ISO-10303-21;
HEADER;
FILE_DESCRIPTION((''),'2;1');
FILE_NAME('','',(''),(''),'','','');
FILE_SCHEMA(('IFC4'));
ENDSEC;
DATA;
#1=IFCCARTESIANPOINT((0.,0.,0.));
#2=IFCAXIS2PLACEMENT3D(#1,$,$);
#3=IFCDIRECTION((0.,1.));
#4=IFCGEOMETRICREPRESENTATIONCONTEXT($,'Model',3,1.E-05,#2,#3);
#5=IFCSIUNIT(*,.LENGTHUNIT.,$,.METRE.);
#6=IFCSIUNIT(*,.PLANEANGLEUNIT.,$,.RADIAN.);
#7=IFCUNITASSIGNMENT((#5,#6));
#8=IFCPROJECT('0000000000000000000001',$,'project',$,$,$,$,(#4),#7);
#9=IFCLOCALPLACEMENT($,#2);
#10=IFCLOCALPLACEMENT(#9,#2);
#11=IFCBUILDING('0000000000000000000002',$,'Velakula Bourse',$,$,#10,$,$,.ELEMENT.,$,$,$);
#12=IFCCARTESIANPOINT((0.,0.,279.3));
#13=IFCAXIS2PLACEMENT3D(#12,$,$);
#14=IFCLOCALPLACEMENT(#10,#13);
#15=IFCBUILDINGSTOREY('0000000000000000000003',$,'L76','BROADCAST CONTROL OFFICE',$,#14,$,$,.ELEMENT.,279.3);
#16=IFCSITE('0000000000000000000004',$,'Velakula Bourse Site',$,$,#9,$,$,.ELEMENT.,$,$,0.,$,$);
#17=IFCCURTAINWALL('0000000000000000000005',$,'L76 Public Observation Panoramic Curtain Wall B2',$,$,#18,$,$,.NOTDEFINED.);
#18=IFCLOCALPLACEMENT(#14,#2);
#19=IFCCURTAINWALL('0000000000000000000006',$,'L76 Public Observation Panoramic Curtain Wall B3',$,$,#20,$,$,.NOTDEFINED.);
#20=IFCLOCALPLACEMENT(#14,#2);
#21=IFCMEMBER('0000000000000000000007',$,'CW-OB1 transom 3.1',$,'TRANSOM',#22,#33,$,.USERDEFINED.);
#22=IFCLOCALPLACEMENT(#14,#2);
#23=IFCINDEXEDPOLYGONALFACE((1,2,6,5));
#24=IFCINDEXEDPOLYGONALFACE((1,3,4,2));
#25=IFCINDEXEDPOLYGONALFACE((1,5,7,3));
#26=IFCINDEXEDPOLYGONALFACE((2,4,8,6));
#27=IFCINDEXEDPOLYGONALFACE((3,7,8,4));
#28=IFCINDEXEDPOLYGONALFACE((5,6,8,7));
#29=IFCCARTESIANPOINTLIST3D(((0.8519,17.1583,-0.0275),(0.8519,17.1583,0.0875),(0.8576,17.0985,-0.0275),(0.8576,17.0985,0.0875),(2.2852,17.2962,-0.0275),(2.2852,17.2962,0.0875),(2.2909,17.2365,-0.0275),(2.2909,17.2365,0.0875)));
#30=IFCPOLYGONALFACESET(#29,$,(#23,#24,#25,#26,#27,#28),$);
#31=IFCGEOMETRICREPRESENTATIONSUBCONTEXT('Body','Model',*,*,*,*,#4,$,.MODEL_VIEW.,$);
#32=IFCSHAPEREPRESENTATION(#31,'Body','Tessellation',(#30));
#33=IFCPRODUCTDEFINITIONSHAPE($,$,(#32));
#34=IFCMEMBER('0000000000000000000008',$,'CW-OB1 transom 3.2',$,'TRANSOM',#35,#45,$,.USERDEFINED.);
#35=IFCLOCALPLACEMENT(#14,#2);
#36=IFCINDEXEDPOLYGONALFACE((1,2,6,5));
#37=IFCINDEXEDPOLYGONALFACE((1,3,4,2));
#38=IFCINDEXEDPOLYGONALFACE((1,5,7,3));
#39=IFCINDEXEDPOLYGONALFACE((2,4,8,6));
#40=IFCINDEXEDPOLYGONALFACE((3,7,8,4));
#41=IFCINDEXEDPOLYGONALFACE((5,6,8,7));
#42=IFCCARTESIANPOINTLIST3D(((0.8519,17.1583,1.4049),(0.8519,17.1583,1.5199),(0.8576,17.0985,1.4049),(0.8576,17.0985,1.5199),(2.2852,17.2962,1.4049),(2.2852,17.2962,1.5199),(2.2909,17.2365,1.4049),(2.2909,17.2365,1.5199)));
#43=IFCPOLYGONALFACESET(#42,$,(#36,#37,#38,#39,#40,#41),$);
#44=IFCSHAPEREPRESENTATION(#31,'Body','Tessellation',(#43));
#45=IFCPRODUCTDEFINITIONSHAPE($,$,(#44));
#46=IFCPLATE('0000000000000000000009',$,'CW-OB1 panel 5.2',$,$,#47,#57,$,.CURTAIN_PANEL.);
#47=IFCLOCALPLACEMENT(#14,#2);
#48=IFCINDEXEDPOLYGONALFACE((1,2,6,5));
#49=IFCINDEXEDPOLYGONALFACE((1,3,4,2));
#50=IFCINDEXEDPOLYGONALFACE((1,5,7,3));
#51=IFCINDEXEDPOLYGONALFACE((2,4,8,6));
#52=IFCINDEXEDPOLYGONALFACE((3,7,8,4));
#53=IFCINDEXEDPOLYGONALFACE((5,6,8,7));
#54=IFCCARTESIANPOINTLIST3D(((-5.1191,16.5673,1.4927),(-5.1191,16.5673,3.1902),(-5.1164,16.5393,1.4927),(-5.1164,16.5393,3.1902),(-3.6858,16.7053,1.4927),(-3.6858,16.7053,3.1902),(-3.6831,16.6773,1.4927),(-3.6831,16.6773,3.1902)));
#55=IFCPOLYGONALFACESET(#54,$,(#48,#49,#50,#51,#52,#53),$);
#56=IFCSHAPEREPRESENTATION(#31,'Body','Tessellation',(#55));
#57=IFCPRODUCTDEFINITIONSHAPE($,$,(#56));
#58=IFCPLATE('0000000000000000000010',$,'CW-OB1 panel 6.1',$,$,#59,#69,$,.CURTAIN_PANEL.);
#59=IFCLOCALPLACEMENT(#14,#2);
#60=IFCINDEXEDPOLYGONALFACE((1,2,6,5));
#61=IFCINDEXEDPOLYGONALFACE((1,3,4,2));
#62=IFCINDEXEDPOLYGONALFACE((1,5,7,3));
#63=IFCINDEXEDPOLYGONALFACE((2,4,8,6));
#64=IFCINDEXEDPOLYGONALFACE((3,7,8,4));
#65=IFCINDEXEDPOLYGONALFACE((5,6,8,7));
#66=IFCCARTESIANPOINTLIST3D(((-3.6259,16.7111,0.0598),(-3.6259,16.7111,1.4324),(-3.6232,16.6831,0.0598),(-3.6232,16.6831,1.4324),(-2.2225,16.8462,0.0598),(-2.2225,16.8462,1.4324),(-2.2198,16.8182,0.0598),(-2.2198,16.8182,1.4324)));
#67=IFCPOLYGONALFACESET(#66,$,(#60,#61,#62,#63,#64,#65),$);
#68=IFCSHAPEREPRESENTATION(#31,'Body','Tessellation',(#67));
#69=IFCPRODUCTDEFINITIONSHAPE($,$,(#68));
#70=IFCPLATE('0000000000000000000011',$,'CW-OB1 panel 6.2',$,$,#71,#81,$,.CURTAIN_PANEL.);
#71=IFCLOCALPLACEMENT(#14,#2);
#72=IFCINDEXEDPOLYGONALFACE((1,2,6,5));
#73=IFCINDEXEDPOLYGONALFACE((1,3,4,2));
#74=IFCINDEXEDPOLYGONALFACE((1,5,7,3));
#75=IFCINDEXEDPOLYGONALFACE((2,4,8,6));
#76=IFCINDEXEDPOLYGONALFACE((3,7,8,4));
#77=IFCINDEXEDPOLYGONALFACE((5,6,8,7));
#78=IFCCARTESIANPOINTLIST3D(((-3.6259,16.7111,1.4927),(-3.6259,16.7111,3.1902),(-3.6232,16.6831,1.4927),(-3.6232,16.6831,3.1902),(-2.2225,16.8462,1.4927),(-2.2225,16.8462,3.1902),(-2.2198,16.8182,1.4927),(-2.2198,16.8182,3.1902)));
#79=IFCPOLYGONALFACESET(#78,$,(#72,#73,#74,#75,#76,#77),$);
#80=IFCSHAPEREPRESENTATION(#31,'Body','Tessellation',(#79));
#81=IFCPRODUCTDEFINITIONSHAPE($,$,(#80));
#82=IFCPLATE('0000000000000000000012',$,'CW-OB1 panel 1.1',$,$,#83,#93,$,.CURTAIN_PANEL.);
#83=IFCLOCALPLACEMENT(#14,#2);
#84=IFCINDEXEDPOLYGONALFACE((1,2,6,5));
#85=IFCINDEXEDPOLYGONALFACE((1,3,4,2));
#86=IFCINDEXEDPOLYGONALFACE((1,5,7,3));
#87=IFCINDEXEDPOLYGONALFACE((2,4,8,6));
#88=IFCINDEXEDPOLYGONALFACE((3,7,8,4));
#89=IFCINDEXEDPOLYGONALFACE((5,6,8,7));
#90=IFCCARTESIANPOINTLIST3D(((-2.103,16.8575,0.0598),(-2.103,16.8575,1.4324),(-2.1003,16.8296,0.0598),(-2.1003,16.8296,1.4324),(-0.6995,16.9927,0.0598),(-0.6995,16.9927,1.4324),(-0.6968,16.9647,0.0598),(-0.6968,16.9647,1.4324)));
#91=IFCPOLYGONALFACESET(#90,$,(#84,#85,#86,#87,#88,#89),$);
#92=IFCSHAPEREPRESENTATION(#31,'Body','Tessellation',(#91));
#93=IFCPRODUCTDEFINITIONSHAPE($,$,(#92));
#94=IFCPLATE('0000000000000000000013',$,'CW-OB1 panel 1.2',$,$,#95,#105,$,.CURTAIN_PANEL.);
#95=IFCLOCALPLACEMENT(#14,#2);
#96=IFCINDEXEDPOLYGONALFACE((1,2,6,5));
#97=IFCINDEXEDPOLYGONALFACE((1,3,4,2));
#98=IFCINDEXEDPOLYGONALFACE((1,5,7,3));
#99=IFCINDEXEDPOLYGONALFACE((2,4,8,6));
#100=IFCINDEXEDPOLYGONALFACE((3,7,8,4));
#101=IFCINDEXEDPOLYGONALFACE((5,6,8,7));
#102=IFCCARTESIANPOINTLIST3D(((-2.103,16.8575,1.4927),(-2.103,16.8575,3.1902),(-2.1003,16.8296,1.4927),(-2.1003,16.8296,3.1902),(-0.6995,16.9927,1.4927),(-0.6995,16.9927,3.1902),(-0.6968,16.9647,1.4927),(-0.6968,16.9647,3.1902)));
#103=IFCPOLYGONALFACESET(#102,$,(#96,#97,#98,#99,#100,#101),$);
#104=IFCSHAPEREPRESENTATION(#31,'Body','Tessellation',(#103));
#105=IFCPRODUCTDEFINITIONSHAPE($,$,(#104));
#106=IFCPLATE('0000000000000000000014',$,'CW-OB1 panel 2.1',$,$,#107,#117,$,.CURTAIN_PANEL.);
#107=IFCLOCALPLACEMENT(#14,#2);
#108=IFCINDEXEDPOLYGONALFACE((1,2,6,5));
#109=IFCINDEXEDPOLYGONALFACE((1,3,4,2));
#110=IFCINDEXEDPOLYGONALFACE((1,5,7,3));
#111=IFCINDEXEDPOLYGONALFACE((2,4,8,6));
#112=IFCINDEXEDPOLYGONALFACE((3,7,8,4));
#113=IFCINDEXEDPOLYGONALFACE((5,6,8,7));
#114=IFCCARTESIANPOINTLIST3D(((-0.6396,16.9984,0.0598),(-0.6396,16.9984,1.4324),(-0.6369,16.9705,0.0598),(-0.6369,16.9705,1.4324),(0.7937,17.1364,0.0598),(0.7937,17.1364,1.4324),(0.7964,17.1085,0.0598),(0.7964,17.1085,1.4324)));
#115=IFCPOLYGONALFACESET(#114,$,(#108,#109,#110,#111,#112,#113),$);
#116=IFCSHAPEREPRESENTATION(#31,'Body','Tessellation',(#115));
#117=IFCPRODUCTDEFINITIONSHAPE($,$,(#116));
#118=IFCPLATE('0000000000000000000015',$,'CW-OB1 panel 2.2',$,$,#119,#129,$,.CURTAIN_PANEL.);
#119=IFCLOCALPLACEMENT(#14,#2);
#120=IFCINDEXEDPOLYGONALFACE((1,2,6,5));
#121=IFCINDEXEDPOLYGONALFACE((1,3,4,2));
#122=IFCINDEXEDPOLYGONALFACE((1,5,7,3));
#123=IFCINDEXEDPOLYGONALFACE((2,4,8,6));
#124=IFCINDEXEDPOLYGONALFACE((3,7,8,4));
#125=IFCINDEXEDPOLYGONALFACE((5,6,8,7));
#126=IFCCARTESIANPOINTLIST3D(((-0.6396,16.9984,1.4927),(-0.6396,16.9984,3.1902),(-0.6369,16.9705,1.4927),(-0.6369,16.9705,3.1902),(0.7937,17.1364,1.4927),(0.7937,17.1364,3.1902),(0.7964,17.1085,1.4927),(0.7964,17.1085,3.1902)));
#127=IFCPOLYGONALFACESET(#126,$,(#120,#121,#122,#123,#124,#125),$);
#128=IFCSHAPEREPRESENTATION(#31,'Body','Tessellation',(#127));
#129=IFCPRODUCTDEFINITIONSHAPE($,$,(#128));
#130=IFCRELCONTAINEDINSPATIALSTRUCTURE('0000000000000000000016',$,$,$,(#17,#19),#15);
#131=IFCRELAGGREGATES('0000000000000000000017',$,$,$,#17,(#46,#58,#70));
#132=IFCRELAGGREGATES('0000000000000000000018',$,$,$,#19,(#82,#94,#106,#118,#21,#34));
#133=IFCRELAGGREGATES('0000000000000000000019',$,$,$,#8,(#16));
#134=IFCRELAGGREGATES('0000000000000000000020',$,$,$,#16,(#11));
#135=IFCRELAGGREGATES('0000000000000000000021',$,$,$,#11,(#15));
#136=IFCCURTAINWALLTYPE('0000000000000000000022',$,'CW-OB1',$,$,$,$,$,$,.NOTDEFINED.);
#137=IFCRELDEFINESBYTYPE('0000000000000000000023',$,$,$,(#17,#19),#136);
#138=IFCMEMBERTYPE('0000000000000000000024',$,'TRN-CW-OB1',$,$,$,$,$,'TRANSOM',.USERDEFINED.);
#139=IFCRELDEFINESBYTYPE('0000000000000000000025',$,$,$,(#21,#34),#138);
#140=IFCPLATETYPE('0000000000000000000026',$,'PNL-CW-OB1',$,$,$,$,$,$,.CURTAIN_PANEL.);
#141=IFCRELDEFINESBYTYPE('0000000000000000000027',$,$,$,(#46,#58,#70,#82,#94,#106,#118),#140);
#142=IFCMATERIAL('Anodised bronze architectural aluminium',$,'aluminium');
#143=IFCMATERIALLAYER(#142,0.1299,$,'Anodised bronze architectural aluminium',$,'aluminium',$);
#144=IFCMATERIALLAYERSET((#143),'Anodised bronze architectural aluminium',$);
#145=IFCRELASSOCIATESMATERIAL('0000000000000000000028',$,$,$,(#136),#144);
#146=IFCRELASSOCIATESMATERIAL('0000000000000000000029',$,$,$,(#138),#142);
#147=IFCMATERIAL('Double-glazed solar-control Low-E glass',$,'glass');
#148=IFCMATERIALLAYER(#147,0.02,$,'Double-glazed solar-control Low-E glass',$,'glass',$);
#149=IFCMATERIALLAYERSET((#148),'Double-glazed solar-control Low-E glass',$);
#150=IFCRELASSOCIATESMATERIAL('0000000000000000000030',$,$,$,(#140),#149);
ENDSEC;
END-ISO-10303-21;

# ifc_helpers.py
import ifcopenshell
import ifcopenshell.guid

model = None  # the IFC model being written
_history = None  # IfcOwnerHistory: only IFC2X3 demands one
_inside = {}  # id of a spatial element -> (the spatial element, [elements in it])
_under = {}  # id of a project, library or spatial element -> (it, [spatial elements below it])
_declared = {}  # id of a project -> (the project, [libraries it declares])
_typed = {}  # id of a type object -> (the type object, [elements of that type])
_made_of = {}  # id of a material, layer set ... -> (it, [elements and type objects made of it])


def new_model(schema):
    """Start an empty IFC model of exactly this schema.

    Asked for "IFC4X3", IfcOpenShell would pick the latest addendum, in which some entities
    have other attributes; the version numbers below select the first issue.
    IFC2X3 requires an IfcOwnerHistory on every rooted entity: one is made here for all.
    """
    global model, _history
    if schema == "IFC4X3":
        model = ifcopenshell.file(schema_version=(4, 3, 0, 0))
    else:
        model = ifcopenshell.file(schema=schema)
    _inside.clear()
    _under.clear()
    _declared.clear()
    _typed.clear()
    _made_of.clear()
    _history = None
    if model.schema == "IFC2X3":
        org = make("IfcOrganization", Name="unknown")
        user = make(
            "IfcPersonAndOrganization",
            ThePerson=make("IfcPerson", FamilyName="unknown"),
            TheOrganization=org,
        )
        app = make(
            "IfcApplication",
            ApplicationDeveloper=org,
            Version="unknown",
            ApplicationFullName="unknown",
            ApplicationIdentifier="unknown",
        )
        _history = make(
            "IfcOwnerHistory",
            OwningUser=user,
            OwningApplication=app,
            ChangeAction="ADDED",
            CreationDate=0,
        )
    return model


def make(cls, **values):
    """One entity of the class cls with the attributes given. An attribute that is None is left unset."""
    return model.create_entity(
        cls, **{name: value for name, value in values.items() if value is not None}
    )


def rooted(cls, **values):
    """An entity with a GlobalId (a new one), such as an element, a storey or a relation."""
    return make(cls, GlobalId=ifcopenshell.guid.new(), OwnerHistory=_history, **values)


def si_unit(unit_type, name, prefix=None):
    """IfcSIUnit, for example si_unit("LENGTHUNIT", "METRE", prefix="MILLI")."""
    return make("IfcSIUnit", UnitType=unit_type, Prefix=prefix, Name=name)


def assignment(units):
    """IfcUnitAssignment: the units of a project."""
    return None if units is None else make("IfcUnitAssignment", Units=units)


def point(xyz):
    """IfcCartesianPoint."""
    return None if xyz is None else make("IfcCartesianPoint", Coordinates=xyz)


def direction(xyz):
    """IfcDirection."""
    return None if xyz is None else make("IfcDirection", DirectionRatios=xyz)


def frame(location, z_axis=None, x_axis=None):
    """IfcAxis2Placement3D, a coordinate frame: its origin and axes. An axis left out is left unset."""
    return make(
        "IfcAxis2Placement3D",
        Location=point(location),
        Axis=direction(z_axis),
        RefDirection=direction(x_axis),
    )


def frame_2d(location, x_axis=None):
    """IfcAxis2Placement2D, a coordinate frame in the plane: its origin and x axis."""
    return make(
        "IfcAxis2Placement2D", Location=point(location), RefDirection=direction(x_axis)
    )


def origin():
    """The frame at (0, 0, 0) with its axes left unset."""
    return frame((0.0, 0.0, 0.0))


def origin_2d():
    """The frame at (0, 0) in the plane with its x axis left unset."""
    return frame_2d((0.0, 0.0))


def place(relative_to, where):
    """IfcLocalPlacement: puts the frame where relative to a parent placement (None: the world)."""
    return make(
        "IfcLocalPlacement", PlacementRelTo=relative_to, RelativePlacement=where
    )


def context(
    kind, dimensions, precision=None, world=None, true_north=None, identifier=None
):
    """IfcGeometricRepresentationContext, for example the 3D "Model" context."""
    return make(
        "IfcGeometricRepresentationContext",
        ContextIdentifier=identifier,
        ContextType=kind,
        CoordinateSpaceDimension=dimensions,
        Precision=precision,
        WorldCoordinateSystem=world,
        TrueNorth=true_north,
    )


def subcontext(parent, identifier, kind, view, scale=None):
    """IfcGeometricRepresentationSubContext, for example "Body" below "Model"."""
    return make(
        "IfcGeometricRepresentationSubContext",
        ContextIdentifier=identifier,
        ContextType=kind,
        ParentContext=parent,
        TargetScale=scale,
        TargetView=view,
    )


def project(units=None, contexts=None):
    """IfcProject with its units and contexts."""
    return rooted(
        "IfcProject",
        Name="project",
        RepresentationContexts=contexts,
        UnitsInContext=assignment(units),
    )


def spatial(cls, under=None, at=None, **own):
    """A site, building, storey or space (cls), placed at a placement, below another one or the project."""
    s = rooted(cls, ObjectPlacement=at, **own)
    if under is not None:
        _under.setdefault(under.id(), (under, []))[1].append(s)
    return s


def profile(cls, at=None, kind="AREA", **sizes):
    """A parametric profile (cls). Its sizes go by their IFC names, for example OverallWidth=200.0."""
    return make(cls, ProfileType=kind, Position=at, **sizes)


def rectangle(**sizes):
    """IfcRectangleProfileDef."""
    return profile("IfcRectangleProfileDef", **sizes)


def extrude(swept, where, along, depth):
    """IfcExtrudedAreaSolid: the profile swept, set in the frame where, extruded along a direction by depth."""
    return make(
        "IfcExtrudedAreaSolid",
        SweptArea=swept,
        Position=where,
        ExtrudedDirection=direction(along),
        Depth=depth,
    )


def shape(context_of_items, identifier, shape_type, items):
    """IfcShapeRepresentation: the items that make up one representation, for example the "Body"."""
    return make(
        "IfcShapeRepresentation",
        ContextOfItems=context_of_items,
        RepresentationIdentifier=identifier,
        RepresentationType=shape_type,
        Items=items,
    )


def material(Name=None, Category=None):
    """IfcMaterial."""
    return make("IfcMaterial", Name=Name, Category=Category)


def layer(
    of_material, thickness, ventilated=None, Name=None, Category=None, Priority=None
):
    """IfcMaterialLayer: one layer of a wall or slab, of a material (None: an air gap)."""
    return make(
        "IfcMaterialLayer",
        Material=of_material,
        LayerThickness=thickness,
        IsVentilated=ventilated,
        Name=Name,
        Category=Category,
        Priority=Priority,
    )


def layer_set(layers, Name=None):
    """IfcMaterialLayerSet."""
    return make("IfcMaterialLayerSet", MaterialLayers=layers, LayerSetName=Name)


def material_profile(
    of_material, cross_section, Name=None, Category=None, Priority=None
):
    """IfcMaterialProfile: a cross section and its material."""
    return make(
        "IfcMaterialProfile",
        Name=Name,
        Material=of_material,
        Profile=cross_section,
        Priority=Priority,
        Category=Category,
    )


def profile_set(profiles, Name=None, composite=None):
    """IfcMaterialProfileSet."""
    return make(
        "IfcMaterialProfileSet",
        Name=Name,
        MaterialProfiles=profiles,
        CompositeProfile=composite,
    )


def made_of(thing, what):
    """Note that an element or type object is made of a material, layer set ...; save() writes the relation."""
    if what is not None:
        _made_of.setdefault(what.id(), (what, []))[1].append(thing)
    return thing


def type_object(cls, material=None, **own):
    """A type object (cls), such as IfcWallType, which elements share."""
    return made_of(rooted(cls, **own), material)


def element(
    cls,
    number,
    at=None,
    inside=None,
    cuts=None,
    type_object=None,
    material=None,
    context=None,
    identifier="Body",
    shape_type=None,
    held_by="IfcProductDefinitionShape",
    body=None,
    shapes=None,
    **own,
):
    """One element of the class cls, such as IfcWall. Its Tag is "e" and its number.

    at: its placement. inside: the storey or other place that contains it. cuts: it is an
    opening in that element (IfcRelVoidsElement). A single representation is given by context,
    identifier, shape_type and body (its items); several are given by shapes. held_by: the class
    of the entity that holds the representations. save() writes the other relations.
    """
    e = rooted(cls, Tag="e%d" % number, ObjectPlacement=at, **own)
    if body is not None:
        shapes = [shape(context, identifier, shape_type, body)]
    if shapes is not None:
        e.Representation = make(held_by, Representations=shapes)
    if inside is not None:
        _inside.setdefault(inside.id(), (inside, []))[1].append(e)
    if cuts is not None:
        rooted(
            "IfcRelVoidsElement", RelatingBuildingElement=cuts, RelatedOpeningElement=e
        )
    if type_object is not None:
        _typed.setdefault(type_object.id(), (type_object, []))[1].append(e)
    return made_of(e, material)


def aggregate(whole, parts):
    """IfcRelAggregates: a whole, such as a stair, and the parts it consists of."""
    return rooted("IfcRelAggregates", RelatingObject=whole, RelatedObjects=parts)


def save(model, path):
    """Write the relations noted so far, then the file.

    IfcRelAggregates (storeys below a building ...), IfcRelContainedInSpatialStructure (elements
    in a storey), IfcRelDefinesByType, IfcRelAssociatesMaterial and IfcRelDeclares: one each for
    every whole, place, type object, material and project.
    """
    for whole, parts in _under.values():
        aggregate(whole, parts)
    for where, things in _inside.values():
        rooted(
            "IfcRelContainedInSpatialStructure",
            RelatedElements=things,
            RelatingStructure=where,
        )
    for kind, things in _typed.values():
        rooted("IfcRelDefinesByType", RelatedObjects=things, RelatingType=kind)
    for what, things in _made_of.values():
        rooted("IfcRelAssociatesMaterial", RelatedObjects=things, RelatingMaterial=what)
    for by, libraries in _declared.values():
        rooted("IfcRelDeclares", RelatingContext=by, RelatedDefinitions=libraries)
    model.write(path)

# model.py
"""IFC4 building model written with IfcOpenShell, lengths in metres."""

from ifc_helpers import new_model, si_unit, direction, frame, origin, origin_2d, place, context, subcontext, project, spatial, rectangle, extrude, material, layer, layer_set, material_profile, profile_set, type_object, element, aggregate, save


model = new_model("IFC4")

# Units and contexts
model_context = context("Model", 3, precision=1e-05, world=origin(), true_north=direction((0.0, 1.0)))
body_context = subcontext(model_context, "Body", "Model", "MODEL_VIEW")
ifc_project = project(units=[si_unit("LENGTHUNIT", "METRE"), si_unit("PLANEANGLEUNIT", "RADIAN")], contexts=[model_context])

# Site, building, storey
site_placement = place(None, origin())
site = spatial("IfcSite", under=ifc_project, at=site_placement, Name="Velakula Bourse Site", CompositionType="ELEMENT", RefElevation=0.0)
building_placement = place(site_placement, origin())
building = spatial("IfcBuilding", under=site, at=building_placement, Name="Velakula Bourse", CompositionType="ELEMENT")
storey_placement = place(building_placement, frame((0.0, 0.0, 279.3)))
storey = spatial("IfcBuildingStorey", under=building, at=storey_placement, Name="L76", Description="BROADCAST CONTROL OFFICE", CompositionType="ELEMENT", Elevation=279.3)

# Curtain walls
ifc_material_1 = material(Name="Anodised bronze architectural aluminium", Category="aluminium")
ifc_layer_1 = layer(ifc_material_1, 0.1299, Name="Anodised bronze architectural aluminium", Category="aluminium")
ifc_layer_set_1 = layer_set([ifc_layer_1], Name="Anodised bronze architectural aluminium")
curtain_wall_type = type_object("IfcCurtainWallType", Name="CW-OB1", PredefinedType="NOTDEFINED", material=ifc_layer_set_1)
curtain_wall_1_placement = place(storey_placement, origin())
curtain_wall_1 = element("IfcCurtainWall", 1, at=curtain_wall_1_placement, inside=storey, type_object=curtain_wall_type, Name="L76 Public Observation Panoramic Curtain Wall B2", PredefinedType="NOTDEFINED")
curtain_wall_2_placement = place(storey_placement, origin())
curtain_wall_2 = element("IfcCurtainWall", 2, at=curtain_wall_2_placement, inside=storey, type_object=curtain_wall_type, Name="L76 Public Observation Panoramic Curtain Wall B3", PredefinedType="NOTDEFINED")

# Members
ifc_material_profile_1 = material_profile(ifc_material_1, rectangle(XDim=0.0601, YDim=0.115, at=origin_2d()), Name="Anodised bronze architectural aluminium")
ifc_profile_set_1 = profile_set([ifc_material_profile_1], Name="Anodised bronze architectural aluminium")
member_type_1 = type_object("IfcMemberType", Name="TRN-CW-OB1", ElementType="TRANSOM", PredefinedType="USERDEFINED", material=ifc_profile_set_1)
member_1_placement = place(storey_placement, frame((0.8547, 17.1284, 0.03), z_axis=(0.995401, 0.095793, 0.0), x_axis=(-0.095793, 0.995401, 0.0)))
member_1 = element("IfcMember", 3, at=member_1_placement, type_object=member_type_1, Name="CW-OB1 transom 3.1", ObjectType="TRANSOM", PredefinedType="USERDEFINED", context=body_context, shape_type="SweptSolid", body=[
    extrude(rectangle(XDim=0.0601, YDim=0.115, at=origin_2d()), origin(), (0.0, 0.0, 1.0), 1.4399),
])
member_2_placement = place(storey_placement, frame((0.8547, 17.1284, 1.4624), z_axis=(0.995401, 0.095793, 0.0), x_axis=(-0.095793, 0.995401, 0.0)))
member_2 = element("IfcMember", 4, at=member_2_placement, type_object=member_type_1, Name="CW-OB1 transom 3.2", ObjectType="TRANSOM", PredefinedType="USERDEFINED", context=body_context, shape_type="SweptSolid", body=[
    extrude(rectangle(XDim=0.0601, YDim=0.115, at=origin_2d()), origin(), (0.0, 0.0, 1.0), 1.4399),
])

# Plates
ifc_material_2 = material(Name="Double-glazed solar-control Low-E glass", Category="glass")
ifc_layer_2 = layer(ifc_material_2, 0.02, Name="Double-glazed solar-control Low-E glass", Category="glass")
ifc_layer_set_2 = layer_set([ifc_layer_2], Name="Double-glazed solar-control Low-E glass")
plate_type = type_object("IfcPlateType", Name="PNL-CW-OB1", PredefinedType="CURTAIN_PANEL", material=ifc_layer_set_2)
plate_1_placement = place(storey_placement, frame((-4.4011, 16.6223, 1.4927), z_axis=(0.0, 0.0, 1.0), x_axis=(0.995396, 0.095845, 0.0)))
plate_1 = element("IfcPlate", 5, at=plate_1_placement, type_object=plate_type, Name="CW-OB1 panel 5.2", PredefinedType="CURTAIN_PANEL", context=body_context, shape_type="SweptSolid", body=[
    extrude(rectangle(XDim=1.4399, YDim=0.0281, at=origin_2d()), origin(), (0.0, 0.0, 1.0), 1.6975),
])
plate_2_placement = place(storey_placement, frame((-2.9229, 16.7646, 0.0598), z_axis=(0.0, 0.0, 1.0), x_axis=(0.995396, 0.095845, 0.0)))
plate_2 = element("IfcPlate", 6, at=plate_2_placement, type_object=plate_type, Name="CW-OB1 panel 6.1", PredefinedType="CURTAIN_PANEL", context=body_context, shape_type="SweptSolid", body=[
    extrude(rectangle(XDim=1.4099, YDim=0.0281, at=origin_2d()), origin(), (0.0, 0.0, 1.0), 1.3726),
])
plate_3_placement = place(storey_placement, frame((-2.9229, 16.7646, 1.4927), z_axis=(0.0, 0.0, 1.0), x_axis=(0.995396, 0.095845, 0.0)))
plate_3 = element("IfcPlate", 7, at=plate_3_placement, type_object=plate_type, Name="CW-OB1 panel 6.2", PredefinedType="CURTAIN_PANEL", context=body_context, shape_type="SweptSolid", body=[
    extrude(rectangle(XDim=1.4099, YDim=0.0281, at=origin_2d()), origin(), (0.0, 0.0, 1.0), 1.6975),
])
aggregate(curtain_wall_1, [plate_1, plate_2, plate_3])
plate_4_placement = place(storey_placement, frame((-1.3999, 16.9111, 0.0598), z_axis=(0.0, 0.0, 1.0), x_axis=(0.995396, 0.095844, 0.0)))
plate_4 = element("IfcPlate", 8, at=plate_4_placement, type_object=plate_type, Name="CW-OB1 panel 1.1", PredefinedType="CURTAIN_PANEL", context=body_context, shape_type="SweptSolid", body=[
    extrude(rectangle(XDim=1.4099, YDim=0.0281, at=origin_2d()), origin(), (0.0, 0.0, 1.0), 1.3726),
])
plate_5_placement = place(storey_placement, frame((-1.3999, 16.9111, 1.4927), z_axis=(0.0, 0.0, 1.0), x_axis=(0.995396, 0.095844, 0.0)))
plate_5 = element("IfcPlate", 9, at=plate_5_placement, type_object=plate_type, Name="CW-OB1 panel 1.2", PredefinedType="CURTAIN_PANEL", context=body_context, shape_type="SweptSolid", body=[
    extrude(rectangle(XDim=1.4099, YDim=0.0281, at=origin_2d()), origin(), (0.0, 0.0, 1.0), 1.6975),
])
plate_6_placement = place(storey_placement, frame((0.0784, 17.0535, 0.0598), z_axis=(0.0, 0.0, 1.0), x_axis=(0.995396, 0.095844, 0.0)))
plate_6 = element("IfcPlate", 10, at=plate_6_placement, type_object=plate_type, Name="CW-OB1 panel 2.1", PredefinedType="CURTAIN_PANEL", context=body_context, shape_type="SweptSolid", body=[
    extrude(rectangle(XDim=1.4399, YDim=0.0281, at=origin_2d()), origin(), (0.0, 0.0, 1.0), 1.3726),
])
plate_7_placement = place(storey_placement, frame((0.0784, 17.0535, 1.4927), z_axis=(0.0, 0.0, 1.0), x_axis=(0.995396, 0.095844, 0.0)))
plate_7 = element("IfcPlate", 11, at=plate_7_placement, type_object=plate_type, Name="CW-OB1 panel 2.2", PredefinedType="CURTAIN_PANEL", context=body_context, shape_type="SweptSolid", body=[
    extrude(rectangle(XDim=1.4399, YDim=0.0281, at=origin_2d()), origin(), (0.0, 0.0, 1.0), 1.6975),
])
aggregate(curtain_wall_2, [plate_4, plate_5, plate_6, plate_7, member_1, member_2])

save(model, "model.ifc")
